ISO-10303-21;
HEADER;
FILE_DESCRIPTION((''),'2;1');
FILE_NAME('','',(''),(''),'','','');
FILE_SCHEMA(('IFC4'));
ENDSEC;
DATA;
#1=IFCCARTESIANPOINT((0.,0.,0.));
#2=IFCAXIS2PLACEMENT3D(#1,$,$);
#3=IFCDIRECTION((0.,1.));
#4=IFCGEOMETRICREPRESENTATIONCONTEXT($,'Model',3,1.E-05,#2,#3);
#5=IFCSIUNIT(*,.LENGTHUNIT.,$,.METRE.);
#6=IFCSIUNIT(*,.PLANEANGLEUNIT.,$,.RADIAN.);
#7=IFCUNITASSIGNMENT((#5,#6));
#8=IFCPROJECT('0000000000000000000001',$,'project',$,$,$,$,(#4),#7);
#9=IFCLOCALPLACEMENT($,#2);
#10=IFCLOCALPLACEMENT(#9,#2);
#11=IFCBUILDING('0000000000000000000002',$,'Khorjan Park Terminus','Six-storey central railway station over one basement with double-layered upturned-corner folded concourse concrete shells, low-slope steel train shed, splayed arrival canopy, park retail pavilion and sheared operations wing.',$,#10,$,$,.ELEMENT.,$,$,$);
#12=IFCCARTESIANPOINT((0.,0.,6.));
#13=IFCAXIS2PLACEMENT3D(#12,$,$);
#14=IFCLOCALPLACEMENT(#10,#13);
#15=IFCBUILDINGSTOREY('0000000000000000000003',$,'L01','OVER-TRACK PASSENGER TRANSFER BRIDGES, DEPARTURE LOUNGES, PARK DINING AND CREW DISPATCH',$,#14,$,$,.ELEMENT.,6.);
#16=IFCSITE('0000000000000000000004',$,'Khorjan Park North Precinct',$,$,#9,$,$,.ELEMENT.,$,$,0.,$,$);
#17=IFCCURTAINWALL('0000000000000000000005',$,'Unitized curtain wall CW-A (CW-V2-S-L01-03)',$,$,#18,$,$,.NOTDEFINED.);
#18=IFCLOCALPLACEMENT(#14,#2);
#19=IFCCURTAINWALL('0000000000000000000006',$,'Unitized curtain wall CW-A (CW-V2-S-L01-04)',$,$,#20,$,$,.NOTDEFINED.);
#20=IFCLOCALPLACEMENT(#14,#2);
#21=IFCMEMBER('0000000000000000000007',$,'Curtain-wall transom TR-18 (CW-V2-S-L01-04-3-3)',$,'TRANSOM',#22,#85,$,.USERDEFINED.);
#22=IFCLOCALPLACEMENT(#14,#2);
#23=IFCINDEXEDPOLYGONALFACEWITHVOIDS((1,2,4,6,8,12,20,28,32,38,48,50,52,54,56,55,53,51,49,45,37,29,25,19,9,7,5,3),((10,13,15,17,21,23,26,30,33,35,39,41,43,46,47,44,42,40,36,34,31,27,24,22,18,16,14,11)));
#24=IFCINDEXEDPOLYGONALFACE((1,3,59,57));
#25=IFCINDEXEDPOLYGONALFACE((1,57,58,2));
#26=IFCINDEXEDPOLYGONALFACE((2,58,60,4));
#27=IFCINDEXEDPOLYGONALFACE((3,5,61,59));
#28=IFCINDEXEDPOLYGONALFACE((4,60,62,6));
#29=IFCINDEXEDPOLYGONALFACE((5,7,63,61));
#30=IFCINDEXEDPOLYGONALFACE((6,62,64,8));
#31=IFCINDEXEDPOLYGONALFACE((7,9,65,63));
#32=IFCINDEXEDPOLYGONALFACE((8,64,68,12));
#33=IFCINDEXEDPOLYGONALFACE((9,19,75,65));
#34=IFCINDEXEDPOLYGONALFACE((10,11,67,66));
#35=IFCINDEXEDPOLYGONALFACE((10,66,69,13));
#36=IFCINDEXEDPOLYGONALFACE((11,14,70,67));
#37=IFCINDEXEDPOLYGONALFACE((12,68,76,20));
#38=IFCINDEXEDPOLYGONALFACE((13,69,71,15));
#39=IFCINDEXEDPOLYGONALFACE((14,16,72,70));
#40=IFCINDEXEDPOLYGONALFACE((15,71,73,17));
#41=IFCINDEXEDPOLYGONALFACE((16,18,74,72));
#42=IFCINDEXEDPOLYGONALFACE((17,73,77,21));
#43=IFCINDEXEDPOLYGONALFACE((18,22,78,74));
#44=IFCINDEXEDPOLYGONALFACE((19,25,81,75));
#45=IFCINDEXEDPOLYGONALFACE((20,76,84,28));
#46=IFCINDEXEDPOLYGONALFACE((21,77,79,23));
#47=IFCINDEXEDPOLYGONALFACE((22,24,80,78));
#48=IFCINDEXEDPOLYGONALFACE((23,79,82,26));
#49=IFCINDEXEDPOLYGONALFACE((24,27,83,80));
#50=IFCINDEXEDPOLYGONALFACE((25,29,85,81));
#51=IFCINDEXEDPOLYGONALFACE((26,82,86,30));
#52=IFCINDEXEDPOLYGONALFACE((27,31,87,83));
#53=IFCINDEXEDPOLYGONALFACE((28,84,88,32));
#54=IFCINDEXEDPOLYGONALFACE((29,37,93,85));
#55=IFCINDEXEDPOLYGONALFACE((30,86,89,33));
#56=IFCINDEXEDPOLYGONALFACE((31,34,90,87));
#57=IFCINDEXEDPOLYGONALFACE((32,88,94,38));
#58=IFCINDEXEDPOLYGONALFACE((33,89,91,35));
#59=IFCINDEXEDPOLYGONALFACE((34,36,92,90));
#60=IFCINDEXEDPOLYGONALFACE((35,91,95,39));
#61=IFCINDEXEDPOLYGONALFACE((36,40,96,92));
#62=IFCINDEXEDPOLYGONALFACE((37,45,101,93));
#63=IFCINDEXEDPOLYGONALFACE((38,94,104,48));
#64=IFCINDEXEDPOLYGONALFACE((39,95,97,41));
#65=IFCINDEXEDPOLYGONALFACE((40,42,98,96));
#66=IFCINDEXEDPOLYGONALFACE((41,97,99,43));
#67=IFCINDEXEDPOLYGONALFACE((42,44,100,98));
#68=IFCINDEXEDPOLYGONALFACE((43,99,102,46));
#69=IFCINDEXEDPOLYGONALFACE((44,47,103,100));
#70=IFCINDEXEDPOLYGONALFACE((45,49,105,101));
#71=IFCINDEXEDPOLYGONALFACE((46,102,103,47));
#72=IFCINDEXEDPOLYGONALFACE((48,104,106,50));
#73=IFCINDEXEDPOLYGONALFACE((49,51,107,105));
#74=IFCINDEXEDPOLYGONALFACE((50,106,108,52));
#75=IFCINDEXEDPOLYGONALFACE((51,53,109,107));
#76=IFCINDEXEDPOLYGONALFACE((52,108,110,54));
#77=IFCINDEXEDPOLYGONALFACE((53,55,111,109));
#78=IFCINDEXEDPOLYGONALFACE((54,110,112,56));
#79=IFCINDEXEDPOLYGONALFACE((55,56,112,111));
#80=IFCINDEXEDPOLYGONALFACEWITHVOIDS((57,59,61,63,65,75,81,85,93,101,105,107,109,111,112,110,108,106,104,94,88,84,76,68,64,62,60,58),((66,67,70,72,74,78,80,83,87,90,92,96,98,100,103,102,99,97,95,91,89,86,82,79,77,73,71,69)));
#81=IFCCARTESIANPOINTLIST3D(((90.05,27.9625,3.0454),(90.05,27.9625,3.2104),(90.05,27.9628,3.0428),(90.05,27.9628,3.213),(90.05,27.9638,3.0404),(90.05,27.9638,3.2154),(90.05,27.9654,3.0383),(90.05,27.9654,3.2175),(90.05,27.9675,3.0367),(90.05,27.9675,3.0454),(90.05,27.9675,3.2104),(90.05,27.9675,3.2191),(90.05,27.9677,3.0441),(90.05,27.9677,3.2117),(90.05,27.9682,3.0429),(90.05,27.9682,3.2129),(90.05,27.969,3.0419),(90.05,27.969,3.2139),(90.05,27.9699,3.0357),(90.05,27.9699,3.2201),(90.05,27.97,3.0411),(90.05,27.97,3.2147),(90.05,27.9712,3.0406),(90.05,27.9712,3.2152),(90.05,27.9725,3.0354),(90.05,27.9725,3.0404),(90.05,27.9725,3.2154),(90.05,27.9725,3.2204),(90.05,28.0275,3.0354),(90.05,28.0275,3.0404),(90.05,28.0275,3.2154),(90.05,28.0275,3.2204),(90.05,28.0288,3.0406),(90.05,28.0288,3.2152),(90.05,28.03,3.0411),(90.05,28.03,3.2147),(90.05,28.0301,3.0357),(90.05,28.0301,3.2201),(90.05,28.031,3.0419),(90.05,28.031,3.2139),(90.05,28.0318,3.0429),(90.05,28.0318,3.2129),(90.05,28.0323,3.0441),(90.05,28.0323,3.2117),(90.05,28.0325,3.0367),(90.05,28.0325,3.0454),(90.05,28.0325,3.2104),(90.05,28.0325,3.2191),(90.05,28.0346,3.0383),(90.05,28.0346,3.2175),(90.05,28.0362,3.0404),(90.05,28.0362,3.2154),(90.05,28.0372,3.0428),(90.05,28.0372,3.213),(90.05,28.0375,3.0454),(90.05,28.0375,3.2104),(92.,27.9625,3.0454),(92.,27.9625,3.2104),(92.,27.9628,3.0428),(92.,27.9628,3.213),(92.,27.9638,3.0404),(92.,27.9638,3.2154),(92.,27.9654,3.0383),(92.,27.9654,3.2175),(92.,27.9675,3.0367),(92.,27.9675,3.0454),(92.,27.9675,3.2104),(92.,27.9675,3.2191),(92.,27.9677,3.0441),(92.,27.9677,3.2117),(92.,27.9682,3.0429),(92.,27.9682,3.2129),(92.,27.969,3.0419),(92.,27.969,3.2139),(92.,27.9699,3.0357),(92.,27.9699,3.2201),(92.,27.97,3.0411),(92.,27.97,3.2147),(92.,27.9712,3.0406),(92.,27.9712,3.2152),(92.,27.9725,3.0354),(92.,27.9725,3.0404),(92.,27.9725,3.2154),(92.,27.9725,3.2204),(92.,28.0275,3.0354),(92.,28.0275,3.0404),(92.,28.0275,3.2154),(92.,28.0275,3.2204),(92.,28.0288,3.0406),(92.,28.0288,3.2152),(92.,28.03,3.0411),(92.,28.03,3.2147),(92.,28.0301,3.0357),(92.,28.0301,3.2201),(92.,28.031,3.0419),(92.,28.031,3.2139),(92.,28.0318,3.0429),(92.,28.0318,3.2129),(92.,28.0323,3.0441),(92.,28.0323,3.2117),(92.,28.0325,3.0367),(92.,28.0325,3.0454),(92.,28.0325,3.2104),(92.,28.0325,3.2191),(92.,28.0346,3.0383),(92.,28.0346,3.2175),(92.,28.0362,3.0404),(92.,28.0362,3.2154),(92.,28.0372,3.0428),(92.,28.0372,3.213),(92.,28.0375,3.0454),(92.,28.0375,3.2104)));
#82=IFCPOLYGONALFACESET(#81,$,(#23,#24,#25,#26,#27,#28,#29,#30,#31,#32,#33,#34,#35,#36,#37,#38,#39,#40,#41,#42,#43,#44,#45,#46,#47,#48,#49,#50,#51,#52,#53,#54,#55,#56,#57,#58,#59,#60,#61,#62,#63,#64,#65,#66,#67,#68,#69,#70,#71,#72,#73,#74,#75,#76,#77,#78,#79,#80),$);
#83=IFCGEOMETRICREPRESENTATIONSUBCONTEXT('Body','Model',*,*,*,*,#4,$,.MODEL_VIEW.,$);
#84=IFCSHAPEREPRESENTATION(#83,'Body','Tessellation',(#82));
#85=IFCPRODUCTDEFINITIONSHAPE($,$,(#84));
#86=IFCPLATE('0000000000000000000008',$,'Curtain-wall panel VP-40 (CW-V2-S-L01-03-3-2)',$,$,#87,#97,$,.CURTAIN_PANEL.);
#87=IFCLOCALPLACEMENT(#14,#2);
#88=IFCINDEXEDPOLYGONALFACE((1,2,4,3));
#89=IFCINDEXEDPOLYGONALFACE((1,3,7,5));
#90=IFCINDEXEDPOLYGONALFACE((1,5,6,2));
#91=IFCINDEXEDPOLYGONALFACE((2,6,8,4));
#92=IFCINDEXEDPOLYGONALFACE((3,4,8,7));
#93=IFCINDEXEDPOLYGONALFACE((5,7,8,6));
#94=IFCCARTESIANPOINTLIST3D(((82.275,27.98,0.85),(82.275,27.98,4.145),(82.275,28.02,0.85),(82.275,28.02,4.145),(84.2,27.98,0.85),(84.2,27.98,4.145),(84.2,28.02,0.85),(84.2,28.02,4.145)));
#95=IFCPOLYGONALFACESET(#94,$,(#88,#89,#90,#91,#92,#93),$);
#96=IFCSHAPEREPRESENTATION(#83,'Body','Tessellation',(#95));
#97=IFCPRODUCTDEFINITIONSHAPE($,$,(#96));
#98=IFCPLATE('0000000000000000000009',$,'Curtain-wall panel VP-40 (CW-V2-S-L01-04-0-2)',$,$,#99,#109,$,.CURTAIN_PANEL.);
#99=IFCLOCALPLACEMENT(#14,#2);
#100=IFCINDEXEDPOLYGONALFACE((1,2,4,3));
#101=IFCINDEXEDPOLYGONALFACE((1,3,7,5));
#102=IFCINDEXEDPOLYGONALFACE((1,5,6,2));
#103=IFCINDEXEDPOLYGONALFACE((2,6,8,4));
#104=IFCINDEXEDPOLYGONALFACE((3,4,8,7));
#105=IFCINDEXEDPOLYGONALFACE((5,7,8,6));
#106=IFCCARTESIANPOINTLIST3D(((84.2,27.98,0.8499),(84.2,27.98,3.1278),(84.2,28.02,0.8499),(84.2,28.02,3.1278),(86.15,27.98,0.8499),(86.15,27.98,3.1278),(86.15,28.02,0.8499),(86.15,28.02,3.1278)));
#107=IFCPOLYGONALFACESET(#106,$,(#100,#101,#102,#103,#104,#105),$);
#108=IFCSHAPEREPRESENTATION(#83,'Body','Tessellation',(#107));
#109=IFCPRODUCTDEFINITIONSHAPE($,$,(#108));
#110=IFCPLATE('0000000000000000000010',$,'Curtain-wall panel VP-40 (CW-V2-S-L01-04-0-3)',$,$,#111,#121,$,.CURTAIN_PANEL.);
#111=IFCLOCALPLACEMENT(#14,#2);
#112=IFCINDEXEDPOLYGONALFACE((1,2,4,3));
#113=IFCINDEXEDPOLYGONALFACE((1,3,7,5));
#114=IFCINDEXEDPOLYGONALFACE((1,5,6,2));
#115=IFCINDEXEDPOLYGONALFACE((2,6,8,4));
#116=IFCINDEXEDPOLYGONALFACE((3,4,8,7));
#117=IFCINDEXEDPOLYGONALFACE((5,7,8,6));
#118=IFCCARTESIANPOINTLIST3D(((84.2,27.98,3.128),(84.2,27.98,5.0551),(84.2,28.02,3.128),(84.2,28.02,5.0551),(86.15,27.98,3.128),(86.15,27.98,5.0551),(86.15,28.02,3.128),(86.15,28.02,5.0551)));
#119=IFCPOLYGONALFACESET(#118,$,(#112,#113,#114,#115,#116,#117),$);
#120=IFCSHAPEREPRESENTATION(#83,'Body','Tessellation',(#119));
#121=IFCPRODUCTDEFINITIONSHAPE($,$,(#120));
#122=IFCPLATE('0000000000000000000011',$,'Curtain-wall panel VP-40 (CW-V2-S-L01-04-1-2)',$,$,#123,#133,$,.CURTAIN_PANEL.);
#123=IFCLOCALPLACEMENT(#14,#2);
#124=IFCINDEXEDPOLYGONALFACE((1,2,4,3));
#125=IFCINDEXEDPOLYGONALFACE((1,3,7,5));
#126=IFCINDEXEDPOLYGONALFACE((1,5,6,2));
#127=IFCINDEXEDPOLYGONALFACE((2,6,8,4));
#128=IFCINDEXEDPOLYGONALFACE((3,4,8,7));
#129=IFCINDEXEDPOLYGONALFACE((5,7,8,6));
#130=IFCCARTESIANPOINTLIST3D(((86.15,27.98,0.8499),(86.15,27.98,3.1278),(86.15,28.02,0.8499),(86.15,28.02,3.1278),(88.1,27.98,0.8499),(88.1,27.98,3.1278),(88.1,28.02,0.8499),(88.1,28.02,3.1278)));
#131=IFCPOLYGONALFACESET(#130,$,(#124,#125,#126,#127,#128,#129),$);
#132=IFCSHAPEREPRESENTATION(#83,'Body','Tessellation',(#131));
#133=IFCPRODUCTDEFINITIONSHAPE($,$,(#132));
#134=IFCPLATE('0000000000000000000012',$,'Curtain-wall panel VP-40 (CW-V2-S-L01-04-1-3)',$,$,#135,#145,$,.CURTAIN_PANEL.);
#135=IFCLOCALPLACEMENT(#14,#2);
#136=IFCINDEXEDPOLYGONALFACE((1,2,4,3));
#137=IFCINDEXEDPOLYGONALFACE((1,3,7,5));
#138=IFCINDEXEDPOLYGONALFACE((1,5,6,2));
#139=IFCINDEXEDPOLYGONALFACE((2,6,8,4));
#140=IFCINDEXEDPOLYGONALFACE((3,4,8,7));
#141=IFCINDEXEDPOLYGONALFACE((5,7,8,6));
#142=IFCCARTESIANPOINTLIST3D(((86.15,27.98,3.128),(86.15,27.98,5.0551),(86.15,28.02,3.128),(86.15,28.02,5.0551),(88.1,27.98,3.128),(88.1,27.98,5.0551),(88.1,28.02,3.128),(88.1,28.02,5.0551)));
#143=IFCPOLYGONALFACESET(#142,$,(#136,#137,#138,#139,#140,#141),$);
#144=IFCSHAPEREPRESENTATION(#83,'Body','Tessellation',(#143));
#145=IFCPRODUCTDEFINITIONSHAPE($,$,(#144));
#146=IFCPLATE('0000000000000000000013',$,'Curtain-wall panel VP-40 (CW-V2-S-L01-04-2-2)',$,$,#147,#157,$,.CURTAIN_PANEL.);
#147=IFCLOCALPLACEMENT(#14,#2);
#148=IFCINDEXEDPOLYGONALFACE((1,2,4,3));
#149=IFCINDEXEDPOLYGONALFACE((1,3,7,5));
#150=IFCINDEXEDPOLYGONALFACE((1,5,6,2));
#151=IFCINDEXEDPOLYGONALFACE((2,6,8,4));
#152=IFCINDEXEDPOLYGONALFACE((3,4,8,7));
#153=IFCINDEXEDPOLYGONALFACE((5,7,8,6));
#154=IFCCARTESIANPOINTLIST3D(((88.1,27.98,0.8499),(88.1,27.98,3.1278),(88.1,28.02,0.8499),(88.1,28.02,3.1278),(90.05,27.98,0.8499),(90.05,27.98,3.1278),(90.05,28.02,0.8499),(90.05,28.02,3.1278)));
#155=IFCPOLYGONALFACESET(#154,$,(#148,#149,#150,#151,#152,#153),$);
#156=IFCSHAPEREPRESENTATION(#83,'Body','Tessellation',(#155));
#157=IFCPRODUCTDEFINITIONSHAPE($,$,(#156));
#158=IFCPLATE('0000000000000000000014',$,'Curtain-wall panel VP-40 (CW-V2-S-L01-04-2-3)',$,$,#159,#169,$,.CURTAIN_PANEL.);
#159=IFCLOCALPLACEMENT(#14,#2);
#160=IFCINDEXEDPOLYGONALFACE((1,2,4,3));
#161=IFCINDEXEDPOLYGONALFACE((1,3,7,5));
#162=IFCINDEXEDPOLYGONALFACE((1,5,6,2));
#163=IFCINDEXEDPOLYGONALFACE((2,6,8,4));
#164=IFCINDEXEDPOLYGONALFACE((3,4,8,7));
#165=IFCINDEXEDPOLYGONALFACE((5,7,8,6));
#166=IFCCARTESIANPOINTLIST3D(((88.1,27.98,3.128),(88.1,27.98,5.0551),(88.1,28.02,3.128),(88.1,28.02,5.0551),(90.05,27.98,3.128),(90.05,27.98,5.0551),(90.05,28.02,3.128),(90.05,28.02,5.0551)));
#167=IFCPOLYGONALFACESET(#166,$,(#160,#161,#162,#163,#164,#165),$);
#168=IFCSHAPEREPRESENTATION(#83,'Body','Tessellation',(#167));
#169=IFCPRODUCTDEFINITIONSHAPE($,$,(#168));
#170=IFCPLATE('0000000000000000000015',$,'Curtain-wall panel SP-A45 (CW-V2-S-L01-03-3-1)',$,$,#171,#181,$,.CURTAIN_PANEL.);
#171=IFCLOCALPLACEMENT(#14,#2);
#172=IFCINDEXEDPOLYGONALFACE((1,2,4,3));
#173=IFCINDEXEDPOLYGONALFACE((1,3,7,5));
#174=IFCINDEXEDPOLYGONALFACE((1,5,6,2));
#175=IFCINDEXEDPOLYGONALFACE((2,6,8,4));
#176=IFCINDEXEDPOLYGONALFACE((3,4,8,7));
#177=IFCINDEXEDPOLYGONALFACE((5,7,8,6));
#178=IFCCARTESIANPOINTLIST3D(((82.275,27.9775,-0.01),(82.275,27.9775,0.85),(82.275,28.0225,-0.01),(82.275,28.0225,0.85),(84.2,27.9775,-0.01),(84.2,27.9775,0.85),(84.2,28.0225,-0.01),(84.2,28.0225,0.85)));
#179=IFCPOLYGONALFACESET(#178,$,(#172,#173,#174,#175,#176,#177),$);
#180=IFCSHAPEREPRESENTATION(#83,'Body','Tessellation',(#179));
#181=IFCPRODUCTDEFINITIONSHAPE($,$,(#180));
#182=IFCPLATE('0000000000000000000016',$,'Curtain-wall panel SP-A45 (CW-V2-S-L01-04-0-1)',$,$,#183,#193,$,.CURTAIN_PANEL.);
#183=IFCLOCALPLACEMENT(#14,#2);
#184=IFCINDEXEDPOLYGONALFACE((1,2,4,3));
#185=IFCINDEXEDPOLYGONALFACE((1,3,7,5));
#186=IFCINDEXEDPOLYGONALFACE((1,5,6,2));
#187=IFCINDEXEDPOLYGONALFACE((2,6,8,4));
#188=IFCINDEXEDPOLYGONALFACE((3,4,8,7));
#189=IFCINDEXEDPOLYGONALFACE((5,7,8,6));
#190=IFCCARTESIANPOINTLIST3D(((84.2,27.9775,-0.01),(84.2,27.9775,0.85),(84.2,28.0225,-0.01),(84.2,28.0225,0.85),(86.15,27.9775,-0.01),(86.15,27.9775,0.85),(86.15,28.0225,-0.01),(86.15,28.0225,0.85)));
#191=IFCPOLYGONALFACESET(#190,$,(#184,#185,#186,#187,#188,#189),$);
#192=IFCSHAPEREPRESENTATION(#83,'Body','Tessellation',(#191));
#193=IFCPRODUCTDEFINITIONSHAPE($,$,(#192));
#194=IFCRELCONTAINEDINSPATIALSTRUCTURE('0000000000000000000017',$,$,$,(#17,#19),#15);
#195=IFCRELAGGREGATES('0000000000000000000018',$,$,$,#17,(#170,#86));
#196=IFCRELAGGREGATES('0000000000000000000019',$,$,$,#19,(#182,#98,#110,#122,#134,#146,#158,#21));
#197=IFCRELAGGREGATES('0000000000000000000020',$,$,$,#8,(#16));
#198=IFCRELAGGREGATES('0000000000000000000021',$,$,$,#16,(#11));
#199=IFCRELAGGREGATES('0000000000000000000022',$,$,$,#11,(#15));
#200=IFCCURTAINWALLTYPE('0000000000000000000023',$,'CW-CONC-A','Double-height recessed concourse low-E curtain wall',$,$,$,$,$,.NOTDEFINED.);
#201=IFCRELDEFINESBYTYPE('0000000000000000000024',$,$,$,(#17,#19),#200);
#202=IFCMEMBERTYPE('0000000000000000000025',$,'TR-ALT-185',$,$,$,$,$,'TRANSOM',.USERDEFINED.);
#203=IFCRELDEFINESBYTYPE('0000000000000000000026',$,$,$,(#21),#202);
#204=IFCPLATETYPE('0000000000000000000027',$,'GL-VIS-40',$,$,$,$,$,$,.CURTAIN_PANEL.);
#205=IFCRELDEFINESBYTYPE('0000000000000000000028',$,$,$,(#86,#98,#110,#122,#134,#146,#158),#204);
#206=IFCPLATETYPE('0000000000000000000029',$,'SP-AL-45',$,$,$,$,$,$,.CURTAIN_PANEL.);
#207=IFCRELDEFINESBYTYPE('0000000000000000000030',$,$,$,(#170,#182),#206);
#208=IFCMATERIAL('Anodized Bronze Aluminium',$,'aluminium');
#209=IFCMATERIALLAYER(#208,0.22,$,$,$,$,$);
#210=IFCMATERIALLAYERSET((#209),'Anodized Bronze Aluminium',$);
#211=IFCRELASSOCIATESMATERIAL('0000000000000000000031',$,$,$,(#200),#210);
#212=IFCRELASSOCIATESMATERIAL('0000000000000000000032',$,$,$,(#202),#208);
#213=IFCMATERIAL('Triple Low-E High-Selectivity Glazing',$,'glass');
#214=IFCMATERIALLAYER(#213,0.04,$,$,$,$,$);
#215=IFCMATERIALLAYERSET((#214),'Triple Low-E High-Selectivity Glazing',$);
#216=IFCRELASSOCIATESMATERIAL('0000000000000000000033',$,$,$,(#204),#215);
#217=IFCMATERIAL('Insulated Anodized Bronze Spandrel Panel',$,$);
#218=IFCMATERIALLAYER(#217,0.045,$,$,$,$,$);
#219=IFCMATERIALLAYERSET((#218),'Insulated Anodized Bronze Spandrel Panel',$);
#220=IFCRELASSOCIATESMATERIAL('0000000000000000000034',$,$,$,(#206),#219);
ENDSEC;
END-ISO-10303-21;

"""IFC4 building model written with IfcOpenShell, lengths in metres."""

from ifc_helpers import new_model, si_unit, direction, frame, origin, origin_2d, place, context, subcontext, project, spatial, rectangle, hollow_rectangle, extrude, material, layer, layer_set, material_profile, profile_set, type_object, element, aggregate, save


model = new_model("IFC4")

# Units and contexts
model_context = context("Model", 3, precision=1e-05, world=origin(), true_north=direction((0.0, 1.0)))
body_context = subcontext(model_context, "Body", "Model", "MODEL_VIEW")
ifc_project = project(units=[si_unit("LENGTHUNIT", "METRE"), si_unit("PLANEANGLEUNIT", "RADIAN")], contexts=[model_context])

# Site, building, storey
site_placement = place(None, origin())
site = spatial("IfcSite", under=ifc_project, at=site_placement, Name="Khorjan Park North Precinct", CompositionType="ELEMENT", RefElevation=0.0)
building_placement = place(site_placement, origin())
building = spatial("IfcBuilding", under=site, at=building_placement, Name="Khorjan Park Terminus", Description="Six-storey central railway station over one basement with double-layered upturned-corner folded concourse concrete shells, low-slope steel train shed, splayed arrival canopy, park retail pavilion and sheared operations wing.", CompositionType="ELEMENT")
storey_placement = place(building_placement, frame((0.0, 0.0, 6.0)))
storey = spatial("IfcBuildingStorey", under=building, at=storey_placement, Name="L01", Description="OVER-TRACK PASSENGER TRANSFER BRIDGES, DEPARTURE LOUNGES, PARK DINING AND CREW DISPATCH", CompositionType="ELEMENT", Elevation=6.0)

# Curtain wall
ifc_material_1 = material(Name="Anodized Bronze Aluminium", Category="aluminium")
ifc_layer_1 = layer(ifc_material_1, 0.22)
ifc_layer_set_1 = layer_set([ifc_layer_1], Name="Anodized Bronze Aluminium")
curtain_wall_type = type_object("IfcCurtainWallType", Name="CW-CONC-A", Description="Double-height recessed concourse low-E curtain wall", PredefinedType="NOTDEFINED", material=ifc_layer_set_1)
curtain_wall_1_placement = place(storey_placement, origin())
curtain_wall_1 = element("IfcCurtainWall", 1, at=curtain_wall_1_placement, inside=storey, type_object=curtain_wall_type, Name="Unitized curtain wall CW-A (CW-V2-S-L01-03)", PredefinedType="NOTDEFINED")

# Curtain wall
curtain_wall_2_placement = place(storey_placement, origin())
curtain_wall_2 = element("IfcCurtainWall", 2, at=curtain_wall_2_placement, inside=storey, type_object=curtain_wall_type, Name="Unitized curtain wall CW-A (CW-V2-S-L01-04)", PredefinedType="NOTDEFINED")

# Member
ifc_material_profile_1 = material_profile(ifc_material_1, hollow_rectangle(XDim=0.075, YDim=0.185, WallThickness=0.005, InnerFilletRadius=0.005, OuterFilletRadius=0.01, at=origin_2d()), Name="ALT 75x185x5")
ifc_profile_set_1 = profile_set([ifc_material_profile_1], Name="Anodized Bronze Aluminium")
member_type_1 = type_object("IfcMemberType", Name="TR-ALT-185", ElementType="TRANSOM", PredefinedType="USERDEFINED", material=ifc_profile_set_1)
member_1_placement = place(storey_placement, frame((90.05, 28.0, 3.1279), z_axis=(1.0, 0.0, 0.0), x_axis=(0.0, 1.0, 0.0)))
member_1 = element("IfcMember", 3, at=member_1_placement, type_object=member_type_1, Name="Curtain-wall transom TR-18 (CW-V2-S-L01-04-3-3)", ObjectType="TRANSOM", PredefinedType="USERDEFINED", context=body_context, shape_type="SweptSolid", body=[
    extrude(hollow_rectangle(XDim=0.075, YDim=0.185, WallThickness=0.005, InnerFilletRadius=0.005, OuterFilletRadius=0.01, at=origin_2d()), origin(), (0.0, 0.0, 1.0), 1.95),
])

# Plates
ifc_material_2 = material(Name="Triple Low-E High-Selectivity Glazing", Category="glass")
ifc_layer_2 = layer(ifc_material_2, 0.04)
ifc_layer_set_2 = layer_set([ifc_layer_2], Name="Triple Low-E High-Selectivity Glazing")
plate_type_1 = type_object("IfcPlateType", Name="GL-VIS-40", PredefinedType="CURTAIN_PANEL", material=ifc_layer_set_2)
plate_1_placement = place(storey_placement, frame((83.2375, 28.0, 0.85), z_axis=(0.0, 0.0, 1.0), x_axis=(1.0, 0.0, 0.0)))
plate_1 = element("IfcPlate", 4, at=plate_1_placement, type_object=plate_type_1, Name="Curtain-wall panel VP-40 (CW-V2-S-L01-03-3-2)", PredefinedType="CURTAIN_PANEL", context=body_context, shape_type="SweptSolid", body=[
    extrude(rectangle(XDim=1.925, YDim=0.04, at=origin_2d()), origin(), (0.0, 0.0, 1.0), 3.295),
])
plate_2_placement = place(storey_placement, frame((85.175, 28.0, 0.8499), z_axis=(0.0, 0.0, 1.0), x_axis=(1.0, 0.0, 0.0)))
plate_2 = element("IfcPlate", 5, at=plate_2_placement, type_object=plate_type_1, Name="Curtain-wall panel VP-40 (CW-V2-S-L01-04-0-2)", PredefinedType="CURTAIN_PANEL", context=body_context, shape_type="SweptSolid", body=[
    extrude(rectangle(XDim=1.95, YDim=0.04, at=origin_2d()), origin(), (0.0, 0.0, 1.0), 2.2779),
])
plate_3_placement = place(storey_placement, frame((85.175, 28.0, 3.128), z_axis=(0.0, 0.0, 1.0), x_axis=(1.0, 0.0, 0.0)))
plate_3 = element("IfcPlate", 6, at=plate_3_placement, type_object=plate_type_1, Name="Curtain-wall panel VP-40 (CW-V2-S-L01-04-0-3)", PredefinedType="CURTAIN_PANEL", context=body_context, shape_type="SweptSolid", body=[
    extrude(rectangle(XDim=1.95, YDim=0.04, at=origin_2d()), origin(), (0.0, 0.0, 1.0), 1.9271),
])
plate_4_placement = place(storey_placement, frame((87.125, 28.0, 0.8499), z_axis=(0.0, 0.0, 1.0), x_axis=(1.0, 0.0, 0.0)))
plate_4 = element("IfcPlate", 7, at=plate_4_placement, type_object=plate_type_1, Name="Curtain-wall panel VP-40 (CW-V2-S-L01-04-1-2)", PredefinedType="CURTAIN_PANEL", context=body_context, shape_type="SweptSolid", body=[
    extrude(rectangle(XDim=1.95, YDim=0.04, at=origin_2d()), origin(), (0.0, 0.0, 1.0), 2.2779),
])
plate_5_placement = place(storey_placement, frame((87.125, 28.0, 3.128), z_axis=(0.0, 0.0, 1.0), x_axis=(1.0, 0.0, 0.0)))
plate_5 = element("IfcPlate", 8, at=plate_5_placement, type_object=plate_type_1, Name="Curtain-wall panel VP-40 (CW-V2-S-L01-04-1-3)", PredefinedType="CURTAIN_PANEL", context=body_context, shape_type="SweptSolid", body=[
    extrude(rectangle(XDim=1.95, YDim=0.04, at=origin_2d()), origin(), (0.0, 0.0, 1.0), 1.9271),
])
plate_6_placement = place(storey_placement, frame((89.075, 28.0, 0.8499), z_axis=(0.0, 0.0, 1.0), x_axis=(1.0, 0.0, 0.0)))
plate_6 = element("IfcPlate", 9, at=plate_6_placement, type_object=plate_type_1, Name="Curtain-wall panel VP-40 (CW-V2-S-L01-04-2-2)", PredefinedType="CURTAIN_PANEL", context=body_context, shape_type="SweptSolid", body=[
    extrude(rectangle(XDim=1.95, YDim=0.04, at=origin_2d()), origin(), (0.0, 0.0, 1.0), 2.2779),
])
plate_7_placement = place(storey_placement, frame((89.075, 28.0, 3.128), z_axis=(0.0, 0.0, 1.0), x_axis=(1.0, 0.0, 0.0)))
plate_7 = element("IfcPlate", 10, at=plate_7_placement, type_object=plate_type_1, Name="Curtain-wall panel VP-40 (CW-V2-S-L01-04-2-3)", PredefinedType="CURTAIN_PANEL", context=body_context, shape_type="SweptSolid", body=[
    extrude(rectangle(XDim=1.95, YDim=0.04, at=origin_2d()), origin(), (0.0, 0.0, 1.0), 1.9271),
])
ifc_material_3 = material(Name="Insulated Anodized Bronze Spandrel Panel")
ifc_layer_3 = layer(ifc_material_3, 0.045)
ifc_layer_set_3 = layer_set([ifc_layer_3], Name="Insulated Anodized Bronze Spandrel Panel")
plate_type_2 = type_object("IfcPlateType", Name="SP-AL-45", PredefinedType="CURTAIN_PANEL", material=ifc_layer_set_3)
plate_8_placement = place(storey_placement, frame((83.2375, 28.0, -0.01), z_axis=(0.0, 0.0, 1.0), x_axis=(1.0, 0.0, 0.0)))
plate_8 = element("IfcPlate", 11, at=plate_8_placement, type_object=plate_type_2, Name="Curtain-wall panel SP-A45 (CW-V2-S-L01-03-3-1)", PredefinedType="CURTAIN_PANEL", context=body_context, shape_type="SweptSolid", body=[
    extrude(rectangle(XDim=1.925, YDim=0.045, at=origin_2d()), origin(), (0.0, 0.0, 1.0), 0.86),
])
aggregate(curtain_wall_1, [plate_8, plate_1])
plate_9_placement = place(storey_placement, frame((85.175, 28.0, -0.01), z_axis=(0.0, 0.0, 1.0), x_axis=(1.0, 0.0, 0.0)))
plate_9 = element("IfcPlate", 12, at=plate_9_placement, type_object=plate_type_2, Name="Curtain-wall panel SP-A45 (CW-V2-S-L01-04-0-1)", PredefinedType="CURTAIN_PANEL", context=body_context, shape_type="SweptSolid", body=[
    extrude(rectangle(XDim=1.95, YDim=0.045, at=origin_2d()), origin(), (0.0, 0.0, 1.0), 0.86),
])
aggregate(curtain_wall_2, [plate_9, plate_2, plate_3, plate_4, plate_5, plate_6, plate_7, member_1])

save(model, "model.ifc")
